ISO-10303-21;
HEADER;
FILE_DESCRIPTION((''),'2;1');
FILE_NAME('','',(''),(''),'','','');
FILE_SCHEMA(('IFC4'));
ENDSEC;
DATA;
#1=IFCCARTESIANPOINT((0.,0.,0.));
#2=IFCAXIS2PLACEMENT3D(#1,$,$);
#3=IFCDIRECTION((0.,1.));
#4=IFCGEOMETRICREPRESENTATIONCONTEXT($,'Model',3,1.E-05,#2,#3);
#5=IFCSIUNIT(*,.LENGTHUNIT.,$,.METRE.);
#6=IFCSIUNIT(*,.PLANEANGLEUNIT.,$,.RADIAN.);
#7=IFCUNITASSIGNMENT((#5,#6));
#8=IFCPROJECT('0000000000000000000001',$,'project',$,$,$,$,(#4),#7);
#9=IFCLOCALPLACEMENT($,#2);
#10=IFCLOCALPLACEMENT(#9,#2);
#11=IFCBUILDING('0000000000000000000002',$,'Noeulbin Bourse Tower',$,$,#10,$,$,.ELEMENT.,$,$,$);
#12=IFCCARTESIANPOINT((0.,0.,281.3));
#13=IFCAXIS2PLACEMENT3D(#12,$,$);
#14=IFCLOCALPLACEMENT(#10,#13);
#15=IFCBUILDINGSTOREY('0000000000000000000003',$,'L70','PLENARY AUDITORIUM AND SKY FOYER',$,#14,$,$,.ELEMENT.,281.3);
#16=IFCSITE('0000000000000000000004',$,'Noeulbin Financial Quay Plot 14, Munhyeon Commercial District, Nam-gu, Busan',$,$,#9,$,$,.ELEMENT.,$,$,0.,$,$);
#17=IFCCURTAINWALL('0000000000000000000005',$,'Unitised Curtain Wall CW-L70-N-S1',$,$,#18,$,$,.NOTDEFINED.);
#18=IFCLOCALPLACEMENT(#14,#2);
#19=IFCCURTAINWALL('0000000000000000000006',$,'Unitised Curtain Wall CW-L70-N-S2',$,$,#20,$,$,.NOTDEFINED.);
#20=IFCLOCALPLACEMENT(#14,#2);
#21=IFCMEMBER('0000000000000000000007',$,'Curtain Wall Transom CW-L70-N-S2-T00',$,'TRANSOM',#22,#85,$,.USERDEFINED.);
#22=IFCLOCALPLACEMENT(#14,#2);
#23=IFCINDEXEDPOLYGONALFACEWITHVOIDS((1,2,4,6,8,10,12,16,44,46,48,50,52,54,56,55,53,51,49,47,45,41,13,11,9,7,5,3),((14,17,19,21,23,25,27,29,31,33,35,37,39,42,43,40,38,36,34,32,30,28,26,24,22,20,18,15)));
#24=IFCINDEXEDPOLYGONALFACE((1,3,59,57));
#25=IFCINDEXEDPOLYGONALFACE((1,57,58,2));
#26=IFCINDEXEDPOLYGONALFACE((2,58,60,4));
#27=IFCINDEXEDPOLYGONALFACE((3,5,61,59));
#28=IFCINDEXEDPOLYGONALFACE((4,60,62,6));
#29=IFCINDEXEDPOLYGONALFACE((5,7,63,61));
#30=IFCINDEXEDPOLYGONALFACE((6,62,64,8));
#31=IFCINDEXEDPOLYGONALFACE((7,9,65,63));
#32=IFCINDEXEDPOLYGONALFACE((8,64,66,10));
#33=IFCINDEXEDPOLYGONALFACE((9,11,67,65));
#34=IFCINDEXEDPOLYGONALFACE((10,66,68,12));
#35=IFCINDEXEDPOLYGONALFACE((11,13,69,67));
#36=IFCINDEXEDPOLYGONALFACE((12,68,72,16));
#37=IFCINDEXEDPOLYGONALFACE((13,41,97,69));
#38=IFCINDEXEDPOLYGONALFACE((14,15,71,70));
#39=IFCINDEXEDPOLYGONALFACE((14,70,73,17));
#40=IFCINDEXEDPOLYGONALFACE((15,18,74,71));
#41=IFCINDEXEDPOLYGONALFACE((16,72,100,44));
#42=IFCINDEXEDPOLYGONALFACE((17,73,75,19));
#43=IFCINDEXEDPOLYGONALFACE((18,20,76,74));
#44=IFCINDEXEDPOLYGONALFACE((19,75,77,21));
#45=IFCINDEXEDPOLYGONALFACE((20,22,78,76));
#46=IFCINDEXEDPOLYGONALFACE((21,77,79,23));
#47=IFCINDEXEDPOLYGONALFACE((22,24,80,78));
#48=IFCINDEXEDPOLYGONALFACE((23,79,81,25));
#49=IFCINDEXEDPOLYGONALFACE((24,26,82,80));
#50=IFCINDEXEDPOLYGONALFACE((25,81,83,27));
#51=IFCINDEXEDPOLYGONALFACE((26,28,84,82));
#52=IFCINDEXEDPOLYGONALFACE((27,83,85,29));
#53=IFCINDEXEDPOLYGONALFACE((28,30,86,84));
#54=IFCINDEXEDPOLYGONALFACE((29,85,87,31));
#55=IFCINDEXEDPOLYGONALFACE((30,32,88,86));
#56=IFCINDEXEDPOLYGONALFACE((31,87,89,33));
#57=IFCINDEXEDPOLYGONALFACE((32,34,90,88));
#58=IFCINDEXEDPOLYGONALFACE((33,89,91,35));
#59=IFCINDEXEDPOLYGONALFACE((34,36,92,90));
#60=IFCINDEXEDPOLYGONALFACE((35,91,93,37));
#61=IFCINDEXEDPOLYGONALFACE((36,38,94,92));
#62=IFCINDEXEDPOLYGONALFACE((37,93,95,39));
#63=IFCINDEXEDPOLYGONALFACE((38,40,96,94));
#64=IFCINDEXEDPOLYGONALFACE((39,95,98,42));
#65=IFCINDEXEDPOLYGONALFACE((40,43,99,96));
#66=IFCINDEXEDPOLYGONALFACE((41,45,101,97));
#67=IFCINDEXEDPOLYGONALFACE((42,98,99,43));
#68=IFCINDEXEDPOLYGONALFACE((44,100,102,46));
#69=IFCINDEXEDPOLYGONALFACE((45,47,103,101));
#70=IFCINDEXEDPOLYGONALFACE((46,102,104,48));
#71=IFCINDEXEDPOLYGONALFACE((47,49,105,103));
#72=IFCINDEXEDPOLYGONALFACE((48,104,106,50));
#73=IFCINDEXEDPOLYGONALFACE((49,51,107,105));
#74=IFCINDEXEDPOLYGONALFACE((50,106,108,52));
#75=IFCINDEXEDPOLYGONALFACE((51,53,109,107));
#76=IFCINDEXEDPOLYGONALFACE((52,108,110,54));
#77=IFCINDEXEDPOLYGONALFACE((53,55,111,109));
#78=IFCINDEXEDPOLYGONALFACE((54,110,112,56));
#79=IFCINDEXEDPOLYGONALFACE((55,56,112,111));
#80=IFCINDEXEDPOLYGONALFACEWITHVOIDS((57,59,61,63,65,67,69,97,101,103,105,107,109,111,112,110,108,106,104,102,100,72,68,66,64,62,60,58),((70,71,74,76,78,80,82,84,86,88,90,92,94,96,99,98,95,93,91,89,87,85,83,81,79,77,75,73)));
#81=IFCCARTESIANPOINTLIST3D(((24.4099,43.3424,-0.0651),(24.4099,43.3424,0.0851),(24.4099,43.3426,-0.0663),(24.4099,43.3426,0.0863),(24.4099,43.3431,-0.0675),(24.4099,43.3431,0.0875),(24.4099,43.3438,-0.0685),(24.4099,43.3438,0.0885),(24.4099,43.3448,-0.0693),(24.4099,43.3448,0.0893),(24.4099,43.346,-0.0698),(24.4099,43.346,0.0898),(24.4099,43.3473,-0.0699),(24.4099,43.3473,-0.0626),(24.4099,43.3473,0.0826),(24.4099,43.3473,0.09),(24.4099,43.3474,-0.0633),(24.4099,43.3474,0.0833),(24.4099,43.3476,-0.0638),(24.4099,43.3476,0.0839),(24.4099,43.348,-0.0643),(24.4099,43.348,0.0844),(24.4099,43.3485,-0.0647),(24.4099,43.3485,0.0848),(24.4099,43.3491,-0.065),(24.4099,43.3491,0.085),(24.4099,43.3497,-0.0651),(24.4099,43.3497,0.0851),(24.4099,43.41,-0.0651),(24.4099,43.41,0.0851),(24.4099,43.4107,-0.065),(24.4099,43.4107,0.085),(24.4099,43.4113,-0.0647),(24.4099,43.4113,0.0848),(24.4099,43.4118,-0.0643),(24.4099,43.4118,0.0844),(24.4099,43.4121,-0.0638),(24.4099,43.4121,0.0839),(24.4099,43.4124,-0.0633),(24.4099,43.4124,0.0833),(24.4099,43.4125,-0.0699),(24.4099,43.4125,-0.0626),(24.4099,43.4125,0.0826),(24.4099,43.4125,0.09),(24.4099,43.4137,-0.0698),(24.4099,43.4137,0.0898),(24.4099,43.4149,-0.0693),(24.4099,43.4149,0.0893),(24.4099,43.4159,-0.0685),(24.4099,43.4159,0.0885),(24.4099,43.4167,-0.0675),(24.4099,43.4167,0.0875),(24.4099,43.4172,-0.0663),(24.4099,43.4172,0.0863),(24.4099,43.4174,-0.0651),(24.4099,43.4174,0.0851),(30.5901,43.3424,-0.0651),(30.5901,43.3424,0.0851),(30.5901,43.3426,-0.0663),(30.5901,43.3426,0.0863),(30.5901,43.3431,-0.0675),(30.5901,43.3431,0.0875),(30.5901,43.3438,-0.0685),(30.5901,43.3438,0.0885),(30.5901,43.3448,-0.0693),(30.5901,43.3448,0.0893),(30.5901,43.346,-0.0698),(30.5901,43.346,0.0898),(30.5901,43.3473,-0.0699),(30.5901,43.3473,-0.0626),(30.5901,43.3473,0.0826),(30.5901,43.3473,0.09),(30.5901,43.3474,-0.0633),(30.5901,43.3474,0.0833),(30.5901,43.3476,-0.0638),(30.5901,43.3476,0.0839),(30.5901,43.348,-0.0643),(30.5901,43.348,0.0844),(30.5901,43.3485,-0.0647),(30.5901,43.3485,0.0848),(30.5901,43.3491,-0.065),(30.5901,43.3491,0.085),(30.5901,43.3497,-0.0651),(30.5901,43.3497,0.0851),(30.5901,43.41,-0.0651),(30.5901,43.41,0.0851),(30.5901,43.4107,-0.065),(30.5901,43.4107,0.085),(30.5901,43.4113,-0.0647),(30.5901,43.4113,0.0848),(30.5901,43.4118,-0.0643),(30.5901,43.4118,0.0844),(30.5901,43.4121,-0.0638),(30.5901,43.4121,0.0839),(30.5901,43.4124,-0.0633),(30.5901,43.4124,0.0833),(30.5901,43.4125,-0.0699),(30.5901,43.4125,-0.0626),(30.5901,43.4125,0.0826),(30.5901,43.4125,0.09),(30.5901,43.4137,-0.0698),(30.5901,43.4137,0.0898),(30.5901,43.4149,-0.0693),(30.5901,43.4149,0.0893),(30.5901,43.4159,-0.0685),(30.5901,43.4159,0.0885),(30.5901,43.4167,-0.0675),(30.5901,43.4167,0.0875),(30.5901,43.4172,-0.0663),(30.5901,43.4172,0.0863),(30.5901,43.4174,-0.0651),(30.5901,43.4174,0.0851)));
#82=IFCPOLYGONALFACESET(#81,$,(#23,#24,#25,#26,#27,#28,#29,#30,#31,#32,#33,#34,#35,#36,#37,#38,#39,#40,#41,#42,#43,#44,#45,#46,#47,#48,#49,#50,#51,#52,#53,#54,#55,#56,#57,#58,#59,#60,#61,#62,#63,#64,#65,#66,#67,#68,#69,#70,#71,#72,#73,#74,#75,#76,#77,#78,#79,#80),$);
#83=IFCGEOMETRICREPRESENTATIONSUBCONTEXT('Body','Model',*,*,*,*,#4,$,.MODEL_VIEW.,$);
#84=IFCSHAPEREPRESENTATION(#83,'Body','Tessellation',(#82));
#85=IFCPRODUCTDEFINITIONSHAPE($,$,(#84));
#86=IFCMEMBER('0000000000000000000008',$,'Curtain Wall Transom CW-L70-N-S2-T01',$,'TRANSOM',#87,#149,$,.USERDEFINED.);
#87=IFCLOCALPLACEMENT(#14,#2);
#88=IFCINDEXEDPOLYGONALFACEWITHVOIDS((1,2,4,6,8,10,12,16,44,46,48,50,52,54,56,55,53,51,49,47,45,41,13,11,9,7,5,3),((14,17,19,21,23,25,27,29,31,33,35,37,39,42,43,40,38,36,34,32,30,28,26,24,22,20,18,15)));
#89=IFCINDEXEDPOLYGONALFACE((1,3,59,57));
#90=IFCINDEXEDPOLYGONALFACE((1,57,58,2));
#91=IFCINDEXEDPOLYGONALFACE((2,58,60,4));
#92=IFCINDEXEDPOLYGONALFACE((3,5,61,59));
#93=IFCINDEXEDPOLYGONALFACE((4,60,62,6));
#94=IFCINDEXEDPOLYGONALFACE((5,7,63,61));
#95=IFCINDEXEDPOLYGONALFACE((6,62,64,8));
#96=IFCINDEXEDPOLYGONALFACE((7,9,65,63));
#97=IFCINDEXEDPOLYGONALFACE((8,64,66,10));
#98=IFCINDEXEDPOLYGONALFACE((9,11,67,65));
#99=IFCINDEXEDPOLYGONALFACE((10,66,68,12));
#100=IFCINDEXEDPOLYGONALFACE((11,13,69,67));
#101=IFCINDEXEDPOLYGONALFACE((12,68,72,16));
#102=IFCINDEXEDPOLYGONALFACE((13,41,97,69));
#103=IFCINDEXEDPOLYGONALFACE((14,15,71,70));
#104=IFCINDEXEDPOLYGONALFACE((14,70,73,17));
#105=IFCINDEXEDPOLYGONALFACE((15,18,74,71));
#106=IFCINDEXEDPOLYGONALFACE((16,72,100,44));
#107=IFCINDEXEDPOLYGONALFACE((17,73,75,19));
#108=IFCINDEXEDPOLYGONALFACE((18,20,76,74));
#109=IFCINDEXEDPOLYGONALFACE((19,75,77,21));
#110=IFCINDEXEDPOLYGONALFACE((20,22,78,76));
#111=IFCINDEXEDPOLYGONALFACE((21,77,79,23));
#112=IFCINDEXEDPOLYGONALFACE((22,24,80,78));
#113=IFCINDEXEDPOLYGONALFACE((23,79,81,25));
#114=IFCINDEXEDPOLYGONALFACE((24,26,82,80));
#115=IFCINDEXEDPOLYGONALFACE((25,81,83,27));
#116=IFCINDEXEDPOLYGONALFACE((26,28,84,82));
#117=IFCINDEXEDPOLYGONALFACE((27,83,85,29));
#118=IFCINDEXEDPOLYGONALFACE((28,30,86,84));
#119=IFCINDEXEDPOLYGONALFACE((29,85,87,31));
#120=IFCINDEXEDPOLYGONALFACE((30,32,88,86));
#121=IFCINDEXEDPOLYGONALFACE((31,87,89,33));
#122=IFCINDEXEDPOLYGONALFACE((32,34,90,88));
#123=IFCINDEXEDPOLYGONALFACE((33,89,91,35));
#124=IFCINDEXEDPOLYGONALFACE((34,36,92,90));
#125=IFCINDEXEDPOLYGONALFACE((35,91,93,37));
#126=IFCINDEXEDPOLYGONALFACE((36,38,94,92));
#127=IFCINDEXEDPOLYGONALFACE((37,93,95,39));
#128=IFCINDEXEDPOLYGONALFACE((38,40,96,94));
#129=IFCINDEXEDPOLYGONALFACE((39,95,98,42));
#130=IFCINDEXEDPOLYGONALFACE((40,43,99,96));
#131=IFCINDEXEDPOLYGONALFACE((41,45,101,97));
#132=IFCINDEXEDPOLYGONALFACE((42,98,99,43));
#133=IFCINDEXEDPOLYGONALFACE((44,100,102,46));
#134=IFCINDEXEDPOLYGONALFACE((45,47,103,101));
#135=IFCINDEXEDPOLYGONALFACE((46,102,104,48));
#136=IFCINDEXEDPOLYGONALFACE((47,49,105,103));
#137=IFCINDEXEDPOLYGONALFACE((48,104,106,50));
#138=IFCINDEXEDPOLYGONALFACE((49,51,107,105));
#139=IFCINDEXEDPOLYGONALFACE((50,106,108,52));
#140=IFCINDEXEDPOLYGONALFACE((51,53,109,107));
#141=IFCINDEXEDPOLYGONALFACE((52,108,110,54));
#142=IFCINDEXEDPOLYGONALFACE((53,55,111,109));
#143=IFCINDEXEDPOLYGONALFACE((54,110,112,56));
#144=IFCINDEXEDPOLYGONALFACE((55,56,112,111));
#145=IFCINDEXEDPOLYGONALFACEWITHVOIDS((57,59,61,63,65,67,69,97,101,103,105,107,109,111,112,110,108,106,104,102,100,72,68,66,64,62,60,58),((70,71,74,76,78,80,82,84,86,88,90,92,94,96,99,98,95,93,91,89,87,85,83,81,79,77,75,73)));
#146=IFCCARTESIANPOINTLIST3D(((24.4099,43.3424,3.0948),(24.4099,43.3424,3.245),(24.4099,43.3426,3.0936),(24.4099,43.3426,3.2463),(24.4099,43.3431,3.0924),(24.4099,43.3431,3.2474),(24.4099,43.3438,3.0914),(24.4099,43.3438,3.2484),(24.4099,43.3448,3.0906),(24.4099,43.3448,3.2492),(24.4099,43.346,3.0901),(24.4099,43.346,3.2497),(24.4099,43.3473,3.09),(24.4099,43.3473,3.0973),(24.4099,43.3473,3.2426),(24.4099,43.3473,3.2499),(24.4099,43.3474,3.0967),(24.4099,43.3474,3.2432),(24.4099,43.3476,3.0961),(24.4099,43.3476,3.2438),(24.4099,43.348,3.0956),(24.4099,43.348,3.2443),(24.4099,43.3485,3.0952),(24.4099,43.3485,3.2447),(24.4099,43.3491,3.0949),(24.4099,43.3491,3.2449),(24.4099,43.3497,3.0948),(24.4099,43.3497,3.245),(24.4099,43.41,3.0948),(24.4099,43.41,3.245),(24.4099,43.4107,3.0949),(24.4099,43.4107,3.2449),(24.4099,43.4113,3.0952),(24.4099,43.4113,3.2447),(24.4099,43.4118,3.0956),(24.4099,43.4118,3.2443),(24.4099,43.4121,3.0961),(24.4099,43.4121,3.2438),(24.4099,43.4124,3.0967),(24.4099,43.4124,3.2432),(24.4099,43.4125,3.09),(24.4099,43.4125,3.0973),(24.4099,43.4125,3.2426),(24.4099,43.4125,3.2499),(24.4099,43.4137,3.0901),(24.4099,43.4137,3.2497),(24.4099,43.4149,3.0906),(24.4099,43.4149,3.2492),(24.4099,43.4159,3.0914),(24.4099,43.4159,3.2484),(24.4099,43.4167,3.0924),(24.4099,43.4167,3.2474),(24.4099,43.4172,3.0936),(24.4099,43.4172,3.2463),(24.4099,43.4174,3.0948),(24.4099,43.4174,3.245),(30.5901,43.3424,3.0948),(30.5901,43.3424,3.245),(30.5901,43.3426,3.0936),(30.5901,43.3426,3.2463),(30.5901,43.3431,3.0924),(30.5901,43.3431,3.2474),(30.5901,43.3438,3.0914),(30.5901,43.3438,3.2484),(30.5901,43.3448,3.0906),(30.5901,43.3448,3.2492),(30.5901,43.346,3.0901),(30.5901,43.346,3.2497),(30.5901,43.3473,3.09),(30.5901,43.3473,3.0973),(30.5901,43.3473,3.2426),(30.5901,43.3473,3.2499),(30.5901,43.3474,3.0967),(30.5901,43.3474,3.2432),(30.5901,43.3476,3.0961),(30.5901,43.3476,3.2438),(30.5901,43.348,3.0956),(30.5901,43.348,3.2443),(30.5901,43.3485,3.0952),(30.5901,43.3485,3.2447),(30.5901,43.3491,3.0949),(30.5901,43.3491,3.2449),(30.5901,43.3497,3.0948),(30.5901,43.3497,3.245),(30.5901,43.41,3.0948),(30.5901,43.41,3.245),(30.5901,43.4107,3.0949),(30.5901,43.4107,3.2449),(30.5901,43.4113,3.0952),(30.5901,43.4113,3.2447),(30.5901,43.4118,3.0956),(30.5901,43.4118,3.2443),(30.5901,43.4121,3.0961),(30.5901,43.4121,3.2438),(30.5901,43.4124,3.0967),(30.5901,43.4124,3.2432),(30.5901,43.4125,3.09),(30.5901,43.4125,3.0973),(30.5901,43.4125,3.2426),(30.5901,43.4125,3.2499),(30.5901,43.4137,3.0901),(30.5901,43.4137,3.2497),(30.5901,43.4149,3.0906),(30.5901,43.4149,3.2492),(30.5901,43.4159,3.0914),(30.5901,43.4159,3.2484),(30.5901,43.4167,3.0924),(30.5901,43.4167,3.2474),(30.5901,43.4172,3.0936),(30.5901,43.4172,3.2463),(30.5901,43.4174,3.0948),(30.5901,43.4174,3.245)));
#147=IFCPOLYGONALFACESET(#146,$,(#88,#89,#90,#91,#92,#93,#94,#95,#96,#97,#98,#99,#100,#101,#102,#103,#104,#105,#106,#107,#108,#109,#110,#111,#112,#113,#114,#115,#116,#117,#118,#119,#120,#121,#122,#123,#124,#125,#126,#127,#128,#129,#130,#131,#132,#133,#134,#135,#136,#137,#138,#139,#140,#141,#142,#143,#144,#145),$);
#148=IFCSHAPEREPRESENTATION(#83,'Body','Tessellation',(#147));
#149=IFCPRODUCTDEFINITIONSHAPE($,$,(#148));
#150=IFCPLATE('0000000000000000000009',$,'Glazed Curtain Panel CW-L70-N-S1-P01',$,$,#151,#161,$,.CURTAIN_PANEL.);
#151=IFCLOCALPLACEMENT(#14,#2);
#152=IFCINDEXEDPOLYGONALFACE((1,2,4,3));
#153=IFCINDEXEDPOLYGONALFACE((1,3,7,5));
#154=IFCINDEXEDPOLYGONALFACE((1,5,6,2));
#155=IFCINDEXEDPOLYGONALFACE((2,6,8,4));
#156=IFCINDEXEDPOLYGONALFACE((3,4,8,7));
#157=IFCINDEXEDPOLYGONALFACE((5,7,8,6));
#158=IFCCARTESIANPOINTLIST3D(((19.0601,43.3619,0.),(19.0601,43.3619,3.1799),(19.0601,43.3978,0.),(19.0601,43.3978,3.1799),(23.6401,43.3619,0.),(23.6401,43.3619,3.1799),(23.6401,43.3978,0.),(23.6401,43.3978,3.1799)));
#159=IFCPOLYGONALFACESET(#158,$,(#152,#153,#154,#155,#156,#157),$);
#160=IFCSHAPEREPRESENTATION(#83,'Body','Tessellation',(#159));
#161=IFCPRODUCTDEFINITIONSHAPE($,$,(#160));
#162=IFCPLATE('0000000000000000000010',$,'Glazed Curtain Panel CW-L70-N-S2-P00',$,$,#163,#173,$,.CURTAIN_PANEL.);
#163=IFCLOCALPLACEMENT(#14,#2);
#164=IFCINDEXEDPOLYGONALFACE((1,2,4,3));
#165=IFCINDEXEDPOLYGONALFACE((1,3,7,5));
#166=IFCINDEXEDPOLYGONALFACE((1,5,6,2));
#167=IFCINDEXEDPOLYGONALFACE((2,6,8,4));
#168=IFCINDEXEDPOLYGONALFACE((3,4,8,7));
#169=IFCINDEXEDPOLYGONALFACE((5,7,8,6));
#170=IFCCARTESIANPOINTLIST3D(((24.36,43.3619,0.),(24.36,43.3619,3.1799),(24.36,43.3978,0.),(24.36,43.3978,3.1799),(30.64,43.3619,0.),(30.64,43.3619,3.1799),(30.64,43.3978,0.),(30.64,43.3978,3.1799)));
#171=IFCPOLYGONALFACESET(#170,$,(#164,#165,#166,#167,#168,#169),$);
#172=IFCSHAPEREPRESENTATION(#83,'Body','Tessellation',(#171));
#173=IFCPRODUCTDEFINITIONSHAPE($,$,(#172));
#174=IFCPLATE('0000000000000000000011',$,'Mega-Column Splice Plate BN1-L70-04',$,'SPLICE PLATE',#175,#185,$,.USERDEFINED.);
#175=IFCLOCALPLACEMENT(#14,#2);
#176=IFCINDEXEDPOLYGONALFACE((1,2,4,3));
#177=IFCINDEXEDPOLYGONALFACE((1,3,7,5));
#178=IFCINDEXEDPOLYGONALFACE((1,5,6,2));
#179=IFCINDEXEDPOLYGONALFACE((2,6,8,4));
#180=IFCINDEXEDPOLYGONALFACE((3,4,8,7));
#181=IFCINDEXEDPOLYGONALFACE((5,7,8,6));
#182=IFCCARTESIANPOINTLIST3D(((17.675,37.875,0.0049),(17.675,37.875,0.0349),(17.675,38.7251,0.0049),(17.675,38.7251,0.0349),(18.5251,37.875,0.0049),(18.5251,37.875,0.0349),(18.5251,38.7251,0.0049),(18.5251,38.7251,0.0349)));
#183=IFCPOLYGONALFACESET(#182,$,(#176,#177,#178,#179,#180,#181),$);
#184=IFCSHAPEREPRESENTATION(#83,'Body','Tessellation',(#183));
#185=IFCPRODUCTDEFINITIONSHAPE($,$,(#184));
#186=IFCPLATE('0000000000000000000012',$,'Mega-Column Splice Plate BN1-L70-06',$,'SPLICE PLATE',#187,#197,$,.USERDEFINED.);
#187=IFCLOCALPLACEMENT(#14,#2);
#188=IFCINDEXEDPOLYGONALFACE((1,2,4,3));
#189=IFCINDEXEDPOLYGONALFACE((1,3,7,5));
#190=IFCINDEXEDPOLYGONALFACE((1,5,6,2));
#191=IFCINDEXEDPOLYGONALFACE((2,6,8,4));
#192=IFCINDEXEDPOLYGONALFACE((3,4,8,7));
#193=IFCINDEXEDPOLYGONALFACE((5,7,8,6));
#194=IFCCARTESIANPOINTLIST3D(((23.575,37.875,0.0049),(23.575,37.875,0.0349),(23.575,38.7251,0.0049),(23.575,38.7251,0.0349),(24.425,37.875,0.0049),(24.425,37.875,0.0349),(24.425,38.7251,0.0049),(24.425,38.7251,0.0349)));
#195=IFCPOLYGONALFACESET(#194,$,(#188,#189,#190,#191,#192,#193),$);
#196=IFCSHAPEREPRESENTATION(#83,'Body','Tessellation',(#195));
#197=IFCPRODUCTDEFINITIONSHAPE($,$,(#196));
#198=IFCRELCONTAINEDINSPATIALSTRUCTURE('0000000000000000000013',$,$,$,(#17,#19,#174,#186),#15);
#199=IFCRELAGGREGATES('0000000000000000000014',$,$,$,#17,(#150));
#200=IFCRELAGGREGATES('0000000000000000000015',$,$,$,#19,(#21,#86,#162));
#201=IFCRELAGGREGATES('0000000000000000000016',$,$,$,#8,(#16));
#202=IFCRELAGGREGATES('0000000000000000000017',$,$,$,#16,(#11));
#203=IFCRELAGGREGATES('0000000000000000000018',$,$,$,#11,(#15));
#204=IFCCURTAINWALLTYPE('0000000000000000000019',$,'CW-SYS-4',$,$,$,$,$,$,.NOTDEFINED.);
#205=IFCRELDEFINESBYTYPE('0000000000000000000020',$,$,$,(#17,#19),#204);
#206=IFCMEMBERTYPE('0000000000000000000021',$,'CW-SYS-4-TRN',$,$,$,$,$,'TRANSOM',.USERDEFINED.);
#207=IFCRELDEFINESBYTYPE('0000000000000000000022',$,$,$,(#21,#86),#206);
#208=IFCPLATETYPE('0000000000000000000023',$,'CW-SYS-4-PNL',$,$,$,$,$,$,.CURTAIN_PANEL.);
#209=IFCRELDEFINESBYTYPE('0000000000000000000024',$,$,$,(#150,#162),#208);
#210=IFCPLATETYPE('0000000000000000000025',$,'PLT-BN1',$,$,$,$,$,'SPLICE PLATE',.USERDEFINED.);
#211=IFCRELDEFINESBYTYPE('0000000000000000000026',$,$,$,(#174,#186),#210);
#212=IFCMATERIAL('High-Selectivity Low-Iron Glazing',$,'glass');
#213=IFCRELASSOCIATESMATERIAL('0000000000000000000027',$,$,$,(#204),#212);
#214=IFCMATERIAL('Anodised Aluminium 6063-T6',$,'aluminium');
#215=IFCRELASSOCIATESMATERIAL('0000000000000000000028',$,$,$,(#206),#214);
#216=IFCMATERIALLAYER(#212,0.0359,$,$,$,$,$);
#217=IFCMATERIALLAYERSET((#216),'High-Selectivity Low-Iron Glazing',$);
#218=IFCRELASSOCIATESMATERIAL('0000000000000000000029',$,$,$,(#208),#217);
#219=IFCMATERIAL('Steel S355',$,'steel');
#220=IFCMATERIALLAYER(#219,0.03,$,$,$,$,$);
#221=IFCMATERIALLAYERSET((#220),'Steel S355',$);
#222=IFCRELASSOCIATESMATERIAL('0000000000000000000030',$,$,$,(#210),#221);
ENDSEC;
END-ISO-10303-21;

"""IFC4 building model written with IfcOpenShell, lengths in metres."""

from ifc_helpers import new_model, si_unit, direction, frame, origin, origin_2d, place, context, subcontext, project, spatial, rectangle, hollow_rectangle, extrude, material, layer, layer_set, material_profile, profile_set, type_object, element, aggregate, save


model = new_model("IFC4")

# Units and contexts
model_context = context("Model", 3, precision=1e-05, world=origin(), true_north=direction((0.0, 1.0)))
body_context = subcontext(model_context, "Body", "Model", "MODEL_VIEW")
ifc_project = project(units=[si_unit("LENGTHUNIT", "METRE"), si_unit("PLANEANGLEUNIT", "RADIAN")], contexts=[model_context])

# Site, building, storey
site_placement = place(None, origin())
site = spatial("IfcSite", under=ifc_project, at=site_placement, Name="Noeulbin Financial Quay Plot 14, Munhyeon Commercial District, Nam-gu, Busan", CompositionType="ELEMENT", RefElevation=0.0)
building_placement = place(site_placement, origin())
building = spatial("IfcBuilding", under=site, at=building_placement, Name="Noeulbin Bourse Tower", CompositionType="ELEMENT")
storey_placement = place(building_placement, frame((0.0, 0.0, 281.3)))
storey = spatial("IfcBuildingStorey", under=building, at=storey_placement, Name="L70", Description="PLENARY AUDITORIUM AND SKY FOYER", CompositionType="ELEMENT", Elevation=281.3)

# Shared definitions
ifc_material_1 = material(Name="Steel S355", Category="steel")

# Curtain walls
ifc_material_2 = material(Name="High-Selectivity Low-Iron Glazing", Category="glass")
curtain_wall_type = type_object("IfcCurtainWallType", Name="CW-SYS-4", PredefinedType="NOTDEFINED", material=ifc_material_2)
curtain_wall_1_placement = place(storey_placement, origin())
curtain_wall_1 = element("IfcCurtainWall", 1, at=curtain_wall_1_placement, inside=storey, type_object=curtain_wall_type, Name="Unitised Curtain Wall CW-L70-N-S1", PredefinedType="NOTDEFINED")
ifc_material_3 = material(Name="Anodised Aluminium 6063-T6", Category="aluminium")
curtain_wall_2_placement = place(storey_placement, origin())
curtain_wall_2 = element("IfcCurtainWall", 2, at=curtain_wall_2_placement, inside=storey, type_object=curtain_wall_type, Name="Unitised Curtain Wall CW-L70-N-S2", PredefinedType="NOTDEFINED")

# Members
ifc_material_profile_1 = material_profile(ifc_material_3, hollow_rectangle(XDim=0.075, YDim=0.1599, WallThickness=0.0049, InnerFilletRadius=0.0024, OuterFilletRadius=0.0049, at=origin_2d()), Name="ALU-TRAN-75x160x5", Category="LoadBearing")
ifc_profile_set_1 = profile_set([ifc_material_profile_1], Name="Anodised Aluminium 6063-T6")
member_type_1 = type_object("IfcMemberType", Name="CW-SYS-4-TRN", ElementType="TRANSOM", PredefinedType="USERDEFINED", material=ifc_profile_set_1)
member_1_placement = place(storey_placement, frame((24.4099, 43.3799, 0.01), z_axis=(1.0, 0.0, 0.0), x_axis=(0.0, 1.0, 0.0)))
member_1 = element("IfcMember", 3, at=member_1_placement, type_object=member_type_1, Name="Curtain Wall Transom CW-L70-N-S2-T00", ObjectType="TRANSOM", PredefinedType="USERDEFINED", context=body_context, shape_type="SweptSolid", body=[
    extrude(hollow_rectangle(XDim=0.075, YDim=0.1599, WallThickness=0.0049, InnerFilletRadius=0.0024, OuterFilletRadius=0.0049, at=origin_2d()), origin(), (0.0, 0.0, 1.0), 6.1802),
])
member_2_placement = place(storey_placement, frame((24.4099, 43.3799, 3.1699), z_axis=(1.0, 0.0, 0.0), x_axis=(0.0, 1.0, 0.0)))
member_2 = element("IfcMember", 4, at=member_2_placement, type_object=member_type_1, Name="Curtain Wall Transom CW-L70-N-S2-T01", ObjectType="TRANSOM", PredefinedType="USERDEFINED", context=body_context, shape_type="SweptSolid", body=[
    extrude(hollow_rectangle(XDim=0.075, YDim=0.1599, WallThickness=0.0049, InnerFilletRadius=0.0024, OuterFilletRadius=0.0049, at=origin_2d()), origin(), (0.0, 0.0, 1.0), 6.1802),
])

# Plates
ifc_layer_1 = layer(ifc_material_2, 0.0359)
ifc_layer_set_1 = layer_set([ifc_layer_1], Name="High-Selectivity Low-Iron Glazing")
plate_type_1 = type_object("IfcPlateType", Name="CW-SYS-4-PNL", PredefinedType="CURTAIN_PANEL", material=ifc_layer_set_1)
plate_1_placement = place(storey_placement, frame((21.3501, 43.3799, 0.0), z_axis=(0.0, 0.0, 1.0), x_axis=(1.0, 0.0, 0.0)))
plate_1 = element("IfcPlate", 5, at=plate_1_placement, type_object=plate_type_1, Name="Glazed Curtain Panel CW-L70-N-S1-P01", PredefinedType="CURTAIN_PANEL", context=body_context, shape_type="SweptSolid", body=[
    extrude(rectangle(XDim=4.5801, YDim=0.0359, at=origin_2d()), origin(), (0.0, 0.0, 1.0), 3.1799),
])
aggregate(curtain_wall_1, [plate_1])
plate_2_placement = place(storey_placement, frame((27.5, 43.3799, 0.0), z_axis=(0.0, 0.0, 1.0), x_axis=(1.0, 0.0, 0.0)))
plate_2 = element("IfcPlate", 6, at=plate_2_placement, type_object=plate_type_1, Name="Glazed Curtain Panel CW-L70-N-S2-P00", PredefinedType="CURTAIN_PANEL", context=body_context, shape_type="SweptSolid", body=[
    extrude(rectangle(XDim=6.28, YDim=0.0359, at=origin_2d()), origin(), (0.0, 0.0, 1.0), 3.1799),
])
aggregate(curtain_wall_2, [member_1, member_2, plate_2])

# Plates
ifc_layer_2 = layer(ifc_material_1, 0.03)
ifc_layer_set_2 = layer_set([ifc_layer_2], Name="Steel S355")
plate_type_2 = type_object("IfcPlateType", Name="PLT-BN1", ElementType="SPLICE PLATE", PredefinedType="USERDEFINED", material=ifc_layer_set_2)
for number, where, z_axis, x_axis, name in (
    (7, (18.1001, 38.3, 0.0049), (0.0, 0.0, 1.0), (1.0, 0.0, 0.0), "Mega-Column Splice Plate BN1-L70-04"),
    (8, (24.0, 38.3, 0.0049), (0.0, 0.0, 1.0), (1.0, 0.0, 0.0), "Mega-Column Splice Plate BN1-L70-06"),
):
    element("IfcPlate", number, at=place(storey_placement, frame(where, z_axis=z_axis, x_axis=x_axis)), inside=storey, type_object=plate_type_2, Name=name, ObjectType="SPLICE PLATE", PredefinedType="USERDEFINED", context=body_context, shape_type="SweptSolid", body=[
        extrude(rectangle(XDim=0.8501, YDim=0.8501, at=origin_2d()), origin(), (0.0, 0.0, 1.0), 0.03),
    ])

save(model, "model.ifc")
